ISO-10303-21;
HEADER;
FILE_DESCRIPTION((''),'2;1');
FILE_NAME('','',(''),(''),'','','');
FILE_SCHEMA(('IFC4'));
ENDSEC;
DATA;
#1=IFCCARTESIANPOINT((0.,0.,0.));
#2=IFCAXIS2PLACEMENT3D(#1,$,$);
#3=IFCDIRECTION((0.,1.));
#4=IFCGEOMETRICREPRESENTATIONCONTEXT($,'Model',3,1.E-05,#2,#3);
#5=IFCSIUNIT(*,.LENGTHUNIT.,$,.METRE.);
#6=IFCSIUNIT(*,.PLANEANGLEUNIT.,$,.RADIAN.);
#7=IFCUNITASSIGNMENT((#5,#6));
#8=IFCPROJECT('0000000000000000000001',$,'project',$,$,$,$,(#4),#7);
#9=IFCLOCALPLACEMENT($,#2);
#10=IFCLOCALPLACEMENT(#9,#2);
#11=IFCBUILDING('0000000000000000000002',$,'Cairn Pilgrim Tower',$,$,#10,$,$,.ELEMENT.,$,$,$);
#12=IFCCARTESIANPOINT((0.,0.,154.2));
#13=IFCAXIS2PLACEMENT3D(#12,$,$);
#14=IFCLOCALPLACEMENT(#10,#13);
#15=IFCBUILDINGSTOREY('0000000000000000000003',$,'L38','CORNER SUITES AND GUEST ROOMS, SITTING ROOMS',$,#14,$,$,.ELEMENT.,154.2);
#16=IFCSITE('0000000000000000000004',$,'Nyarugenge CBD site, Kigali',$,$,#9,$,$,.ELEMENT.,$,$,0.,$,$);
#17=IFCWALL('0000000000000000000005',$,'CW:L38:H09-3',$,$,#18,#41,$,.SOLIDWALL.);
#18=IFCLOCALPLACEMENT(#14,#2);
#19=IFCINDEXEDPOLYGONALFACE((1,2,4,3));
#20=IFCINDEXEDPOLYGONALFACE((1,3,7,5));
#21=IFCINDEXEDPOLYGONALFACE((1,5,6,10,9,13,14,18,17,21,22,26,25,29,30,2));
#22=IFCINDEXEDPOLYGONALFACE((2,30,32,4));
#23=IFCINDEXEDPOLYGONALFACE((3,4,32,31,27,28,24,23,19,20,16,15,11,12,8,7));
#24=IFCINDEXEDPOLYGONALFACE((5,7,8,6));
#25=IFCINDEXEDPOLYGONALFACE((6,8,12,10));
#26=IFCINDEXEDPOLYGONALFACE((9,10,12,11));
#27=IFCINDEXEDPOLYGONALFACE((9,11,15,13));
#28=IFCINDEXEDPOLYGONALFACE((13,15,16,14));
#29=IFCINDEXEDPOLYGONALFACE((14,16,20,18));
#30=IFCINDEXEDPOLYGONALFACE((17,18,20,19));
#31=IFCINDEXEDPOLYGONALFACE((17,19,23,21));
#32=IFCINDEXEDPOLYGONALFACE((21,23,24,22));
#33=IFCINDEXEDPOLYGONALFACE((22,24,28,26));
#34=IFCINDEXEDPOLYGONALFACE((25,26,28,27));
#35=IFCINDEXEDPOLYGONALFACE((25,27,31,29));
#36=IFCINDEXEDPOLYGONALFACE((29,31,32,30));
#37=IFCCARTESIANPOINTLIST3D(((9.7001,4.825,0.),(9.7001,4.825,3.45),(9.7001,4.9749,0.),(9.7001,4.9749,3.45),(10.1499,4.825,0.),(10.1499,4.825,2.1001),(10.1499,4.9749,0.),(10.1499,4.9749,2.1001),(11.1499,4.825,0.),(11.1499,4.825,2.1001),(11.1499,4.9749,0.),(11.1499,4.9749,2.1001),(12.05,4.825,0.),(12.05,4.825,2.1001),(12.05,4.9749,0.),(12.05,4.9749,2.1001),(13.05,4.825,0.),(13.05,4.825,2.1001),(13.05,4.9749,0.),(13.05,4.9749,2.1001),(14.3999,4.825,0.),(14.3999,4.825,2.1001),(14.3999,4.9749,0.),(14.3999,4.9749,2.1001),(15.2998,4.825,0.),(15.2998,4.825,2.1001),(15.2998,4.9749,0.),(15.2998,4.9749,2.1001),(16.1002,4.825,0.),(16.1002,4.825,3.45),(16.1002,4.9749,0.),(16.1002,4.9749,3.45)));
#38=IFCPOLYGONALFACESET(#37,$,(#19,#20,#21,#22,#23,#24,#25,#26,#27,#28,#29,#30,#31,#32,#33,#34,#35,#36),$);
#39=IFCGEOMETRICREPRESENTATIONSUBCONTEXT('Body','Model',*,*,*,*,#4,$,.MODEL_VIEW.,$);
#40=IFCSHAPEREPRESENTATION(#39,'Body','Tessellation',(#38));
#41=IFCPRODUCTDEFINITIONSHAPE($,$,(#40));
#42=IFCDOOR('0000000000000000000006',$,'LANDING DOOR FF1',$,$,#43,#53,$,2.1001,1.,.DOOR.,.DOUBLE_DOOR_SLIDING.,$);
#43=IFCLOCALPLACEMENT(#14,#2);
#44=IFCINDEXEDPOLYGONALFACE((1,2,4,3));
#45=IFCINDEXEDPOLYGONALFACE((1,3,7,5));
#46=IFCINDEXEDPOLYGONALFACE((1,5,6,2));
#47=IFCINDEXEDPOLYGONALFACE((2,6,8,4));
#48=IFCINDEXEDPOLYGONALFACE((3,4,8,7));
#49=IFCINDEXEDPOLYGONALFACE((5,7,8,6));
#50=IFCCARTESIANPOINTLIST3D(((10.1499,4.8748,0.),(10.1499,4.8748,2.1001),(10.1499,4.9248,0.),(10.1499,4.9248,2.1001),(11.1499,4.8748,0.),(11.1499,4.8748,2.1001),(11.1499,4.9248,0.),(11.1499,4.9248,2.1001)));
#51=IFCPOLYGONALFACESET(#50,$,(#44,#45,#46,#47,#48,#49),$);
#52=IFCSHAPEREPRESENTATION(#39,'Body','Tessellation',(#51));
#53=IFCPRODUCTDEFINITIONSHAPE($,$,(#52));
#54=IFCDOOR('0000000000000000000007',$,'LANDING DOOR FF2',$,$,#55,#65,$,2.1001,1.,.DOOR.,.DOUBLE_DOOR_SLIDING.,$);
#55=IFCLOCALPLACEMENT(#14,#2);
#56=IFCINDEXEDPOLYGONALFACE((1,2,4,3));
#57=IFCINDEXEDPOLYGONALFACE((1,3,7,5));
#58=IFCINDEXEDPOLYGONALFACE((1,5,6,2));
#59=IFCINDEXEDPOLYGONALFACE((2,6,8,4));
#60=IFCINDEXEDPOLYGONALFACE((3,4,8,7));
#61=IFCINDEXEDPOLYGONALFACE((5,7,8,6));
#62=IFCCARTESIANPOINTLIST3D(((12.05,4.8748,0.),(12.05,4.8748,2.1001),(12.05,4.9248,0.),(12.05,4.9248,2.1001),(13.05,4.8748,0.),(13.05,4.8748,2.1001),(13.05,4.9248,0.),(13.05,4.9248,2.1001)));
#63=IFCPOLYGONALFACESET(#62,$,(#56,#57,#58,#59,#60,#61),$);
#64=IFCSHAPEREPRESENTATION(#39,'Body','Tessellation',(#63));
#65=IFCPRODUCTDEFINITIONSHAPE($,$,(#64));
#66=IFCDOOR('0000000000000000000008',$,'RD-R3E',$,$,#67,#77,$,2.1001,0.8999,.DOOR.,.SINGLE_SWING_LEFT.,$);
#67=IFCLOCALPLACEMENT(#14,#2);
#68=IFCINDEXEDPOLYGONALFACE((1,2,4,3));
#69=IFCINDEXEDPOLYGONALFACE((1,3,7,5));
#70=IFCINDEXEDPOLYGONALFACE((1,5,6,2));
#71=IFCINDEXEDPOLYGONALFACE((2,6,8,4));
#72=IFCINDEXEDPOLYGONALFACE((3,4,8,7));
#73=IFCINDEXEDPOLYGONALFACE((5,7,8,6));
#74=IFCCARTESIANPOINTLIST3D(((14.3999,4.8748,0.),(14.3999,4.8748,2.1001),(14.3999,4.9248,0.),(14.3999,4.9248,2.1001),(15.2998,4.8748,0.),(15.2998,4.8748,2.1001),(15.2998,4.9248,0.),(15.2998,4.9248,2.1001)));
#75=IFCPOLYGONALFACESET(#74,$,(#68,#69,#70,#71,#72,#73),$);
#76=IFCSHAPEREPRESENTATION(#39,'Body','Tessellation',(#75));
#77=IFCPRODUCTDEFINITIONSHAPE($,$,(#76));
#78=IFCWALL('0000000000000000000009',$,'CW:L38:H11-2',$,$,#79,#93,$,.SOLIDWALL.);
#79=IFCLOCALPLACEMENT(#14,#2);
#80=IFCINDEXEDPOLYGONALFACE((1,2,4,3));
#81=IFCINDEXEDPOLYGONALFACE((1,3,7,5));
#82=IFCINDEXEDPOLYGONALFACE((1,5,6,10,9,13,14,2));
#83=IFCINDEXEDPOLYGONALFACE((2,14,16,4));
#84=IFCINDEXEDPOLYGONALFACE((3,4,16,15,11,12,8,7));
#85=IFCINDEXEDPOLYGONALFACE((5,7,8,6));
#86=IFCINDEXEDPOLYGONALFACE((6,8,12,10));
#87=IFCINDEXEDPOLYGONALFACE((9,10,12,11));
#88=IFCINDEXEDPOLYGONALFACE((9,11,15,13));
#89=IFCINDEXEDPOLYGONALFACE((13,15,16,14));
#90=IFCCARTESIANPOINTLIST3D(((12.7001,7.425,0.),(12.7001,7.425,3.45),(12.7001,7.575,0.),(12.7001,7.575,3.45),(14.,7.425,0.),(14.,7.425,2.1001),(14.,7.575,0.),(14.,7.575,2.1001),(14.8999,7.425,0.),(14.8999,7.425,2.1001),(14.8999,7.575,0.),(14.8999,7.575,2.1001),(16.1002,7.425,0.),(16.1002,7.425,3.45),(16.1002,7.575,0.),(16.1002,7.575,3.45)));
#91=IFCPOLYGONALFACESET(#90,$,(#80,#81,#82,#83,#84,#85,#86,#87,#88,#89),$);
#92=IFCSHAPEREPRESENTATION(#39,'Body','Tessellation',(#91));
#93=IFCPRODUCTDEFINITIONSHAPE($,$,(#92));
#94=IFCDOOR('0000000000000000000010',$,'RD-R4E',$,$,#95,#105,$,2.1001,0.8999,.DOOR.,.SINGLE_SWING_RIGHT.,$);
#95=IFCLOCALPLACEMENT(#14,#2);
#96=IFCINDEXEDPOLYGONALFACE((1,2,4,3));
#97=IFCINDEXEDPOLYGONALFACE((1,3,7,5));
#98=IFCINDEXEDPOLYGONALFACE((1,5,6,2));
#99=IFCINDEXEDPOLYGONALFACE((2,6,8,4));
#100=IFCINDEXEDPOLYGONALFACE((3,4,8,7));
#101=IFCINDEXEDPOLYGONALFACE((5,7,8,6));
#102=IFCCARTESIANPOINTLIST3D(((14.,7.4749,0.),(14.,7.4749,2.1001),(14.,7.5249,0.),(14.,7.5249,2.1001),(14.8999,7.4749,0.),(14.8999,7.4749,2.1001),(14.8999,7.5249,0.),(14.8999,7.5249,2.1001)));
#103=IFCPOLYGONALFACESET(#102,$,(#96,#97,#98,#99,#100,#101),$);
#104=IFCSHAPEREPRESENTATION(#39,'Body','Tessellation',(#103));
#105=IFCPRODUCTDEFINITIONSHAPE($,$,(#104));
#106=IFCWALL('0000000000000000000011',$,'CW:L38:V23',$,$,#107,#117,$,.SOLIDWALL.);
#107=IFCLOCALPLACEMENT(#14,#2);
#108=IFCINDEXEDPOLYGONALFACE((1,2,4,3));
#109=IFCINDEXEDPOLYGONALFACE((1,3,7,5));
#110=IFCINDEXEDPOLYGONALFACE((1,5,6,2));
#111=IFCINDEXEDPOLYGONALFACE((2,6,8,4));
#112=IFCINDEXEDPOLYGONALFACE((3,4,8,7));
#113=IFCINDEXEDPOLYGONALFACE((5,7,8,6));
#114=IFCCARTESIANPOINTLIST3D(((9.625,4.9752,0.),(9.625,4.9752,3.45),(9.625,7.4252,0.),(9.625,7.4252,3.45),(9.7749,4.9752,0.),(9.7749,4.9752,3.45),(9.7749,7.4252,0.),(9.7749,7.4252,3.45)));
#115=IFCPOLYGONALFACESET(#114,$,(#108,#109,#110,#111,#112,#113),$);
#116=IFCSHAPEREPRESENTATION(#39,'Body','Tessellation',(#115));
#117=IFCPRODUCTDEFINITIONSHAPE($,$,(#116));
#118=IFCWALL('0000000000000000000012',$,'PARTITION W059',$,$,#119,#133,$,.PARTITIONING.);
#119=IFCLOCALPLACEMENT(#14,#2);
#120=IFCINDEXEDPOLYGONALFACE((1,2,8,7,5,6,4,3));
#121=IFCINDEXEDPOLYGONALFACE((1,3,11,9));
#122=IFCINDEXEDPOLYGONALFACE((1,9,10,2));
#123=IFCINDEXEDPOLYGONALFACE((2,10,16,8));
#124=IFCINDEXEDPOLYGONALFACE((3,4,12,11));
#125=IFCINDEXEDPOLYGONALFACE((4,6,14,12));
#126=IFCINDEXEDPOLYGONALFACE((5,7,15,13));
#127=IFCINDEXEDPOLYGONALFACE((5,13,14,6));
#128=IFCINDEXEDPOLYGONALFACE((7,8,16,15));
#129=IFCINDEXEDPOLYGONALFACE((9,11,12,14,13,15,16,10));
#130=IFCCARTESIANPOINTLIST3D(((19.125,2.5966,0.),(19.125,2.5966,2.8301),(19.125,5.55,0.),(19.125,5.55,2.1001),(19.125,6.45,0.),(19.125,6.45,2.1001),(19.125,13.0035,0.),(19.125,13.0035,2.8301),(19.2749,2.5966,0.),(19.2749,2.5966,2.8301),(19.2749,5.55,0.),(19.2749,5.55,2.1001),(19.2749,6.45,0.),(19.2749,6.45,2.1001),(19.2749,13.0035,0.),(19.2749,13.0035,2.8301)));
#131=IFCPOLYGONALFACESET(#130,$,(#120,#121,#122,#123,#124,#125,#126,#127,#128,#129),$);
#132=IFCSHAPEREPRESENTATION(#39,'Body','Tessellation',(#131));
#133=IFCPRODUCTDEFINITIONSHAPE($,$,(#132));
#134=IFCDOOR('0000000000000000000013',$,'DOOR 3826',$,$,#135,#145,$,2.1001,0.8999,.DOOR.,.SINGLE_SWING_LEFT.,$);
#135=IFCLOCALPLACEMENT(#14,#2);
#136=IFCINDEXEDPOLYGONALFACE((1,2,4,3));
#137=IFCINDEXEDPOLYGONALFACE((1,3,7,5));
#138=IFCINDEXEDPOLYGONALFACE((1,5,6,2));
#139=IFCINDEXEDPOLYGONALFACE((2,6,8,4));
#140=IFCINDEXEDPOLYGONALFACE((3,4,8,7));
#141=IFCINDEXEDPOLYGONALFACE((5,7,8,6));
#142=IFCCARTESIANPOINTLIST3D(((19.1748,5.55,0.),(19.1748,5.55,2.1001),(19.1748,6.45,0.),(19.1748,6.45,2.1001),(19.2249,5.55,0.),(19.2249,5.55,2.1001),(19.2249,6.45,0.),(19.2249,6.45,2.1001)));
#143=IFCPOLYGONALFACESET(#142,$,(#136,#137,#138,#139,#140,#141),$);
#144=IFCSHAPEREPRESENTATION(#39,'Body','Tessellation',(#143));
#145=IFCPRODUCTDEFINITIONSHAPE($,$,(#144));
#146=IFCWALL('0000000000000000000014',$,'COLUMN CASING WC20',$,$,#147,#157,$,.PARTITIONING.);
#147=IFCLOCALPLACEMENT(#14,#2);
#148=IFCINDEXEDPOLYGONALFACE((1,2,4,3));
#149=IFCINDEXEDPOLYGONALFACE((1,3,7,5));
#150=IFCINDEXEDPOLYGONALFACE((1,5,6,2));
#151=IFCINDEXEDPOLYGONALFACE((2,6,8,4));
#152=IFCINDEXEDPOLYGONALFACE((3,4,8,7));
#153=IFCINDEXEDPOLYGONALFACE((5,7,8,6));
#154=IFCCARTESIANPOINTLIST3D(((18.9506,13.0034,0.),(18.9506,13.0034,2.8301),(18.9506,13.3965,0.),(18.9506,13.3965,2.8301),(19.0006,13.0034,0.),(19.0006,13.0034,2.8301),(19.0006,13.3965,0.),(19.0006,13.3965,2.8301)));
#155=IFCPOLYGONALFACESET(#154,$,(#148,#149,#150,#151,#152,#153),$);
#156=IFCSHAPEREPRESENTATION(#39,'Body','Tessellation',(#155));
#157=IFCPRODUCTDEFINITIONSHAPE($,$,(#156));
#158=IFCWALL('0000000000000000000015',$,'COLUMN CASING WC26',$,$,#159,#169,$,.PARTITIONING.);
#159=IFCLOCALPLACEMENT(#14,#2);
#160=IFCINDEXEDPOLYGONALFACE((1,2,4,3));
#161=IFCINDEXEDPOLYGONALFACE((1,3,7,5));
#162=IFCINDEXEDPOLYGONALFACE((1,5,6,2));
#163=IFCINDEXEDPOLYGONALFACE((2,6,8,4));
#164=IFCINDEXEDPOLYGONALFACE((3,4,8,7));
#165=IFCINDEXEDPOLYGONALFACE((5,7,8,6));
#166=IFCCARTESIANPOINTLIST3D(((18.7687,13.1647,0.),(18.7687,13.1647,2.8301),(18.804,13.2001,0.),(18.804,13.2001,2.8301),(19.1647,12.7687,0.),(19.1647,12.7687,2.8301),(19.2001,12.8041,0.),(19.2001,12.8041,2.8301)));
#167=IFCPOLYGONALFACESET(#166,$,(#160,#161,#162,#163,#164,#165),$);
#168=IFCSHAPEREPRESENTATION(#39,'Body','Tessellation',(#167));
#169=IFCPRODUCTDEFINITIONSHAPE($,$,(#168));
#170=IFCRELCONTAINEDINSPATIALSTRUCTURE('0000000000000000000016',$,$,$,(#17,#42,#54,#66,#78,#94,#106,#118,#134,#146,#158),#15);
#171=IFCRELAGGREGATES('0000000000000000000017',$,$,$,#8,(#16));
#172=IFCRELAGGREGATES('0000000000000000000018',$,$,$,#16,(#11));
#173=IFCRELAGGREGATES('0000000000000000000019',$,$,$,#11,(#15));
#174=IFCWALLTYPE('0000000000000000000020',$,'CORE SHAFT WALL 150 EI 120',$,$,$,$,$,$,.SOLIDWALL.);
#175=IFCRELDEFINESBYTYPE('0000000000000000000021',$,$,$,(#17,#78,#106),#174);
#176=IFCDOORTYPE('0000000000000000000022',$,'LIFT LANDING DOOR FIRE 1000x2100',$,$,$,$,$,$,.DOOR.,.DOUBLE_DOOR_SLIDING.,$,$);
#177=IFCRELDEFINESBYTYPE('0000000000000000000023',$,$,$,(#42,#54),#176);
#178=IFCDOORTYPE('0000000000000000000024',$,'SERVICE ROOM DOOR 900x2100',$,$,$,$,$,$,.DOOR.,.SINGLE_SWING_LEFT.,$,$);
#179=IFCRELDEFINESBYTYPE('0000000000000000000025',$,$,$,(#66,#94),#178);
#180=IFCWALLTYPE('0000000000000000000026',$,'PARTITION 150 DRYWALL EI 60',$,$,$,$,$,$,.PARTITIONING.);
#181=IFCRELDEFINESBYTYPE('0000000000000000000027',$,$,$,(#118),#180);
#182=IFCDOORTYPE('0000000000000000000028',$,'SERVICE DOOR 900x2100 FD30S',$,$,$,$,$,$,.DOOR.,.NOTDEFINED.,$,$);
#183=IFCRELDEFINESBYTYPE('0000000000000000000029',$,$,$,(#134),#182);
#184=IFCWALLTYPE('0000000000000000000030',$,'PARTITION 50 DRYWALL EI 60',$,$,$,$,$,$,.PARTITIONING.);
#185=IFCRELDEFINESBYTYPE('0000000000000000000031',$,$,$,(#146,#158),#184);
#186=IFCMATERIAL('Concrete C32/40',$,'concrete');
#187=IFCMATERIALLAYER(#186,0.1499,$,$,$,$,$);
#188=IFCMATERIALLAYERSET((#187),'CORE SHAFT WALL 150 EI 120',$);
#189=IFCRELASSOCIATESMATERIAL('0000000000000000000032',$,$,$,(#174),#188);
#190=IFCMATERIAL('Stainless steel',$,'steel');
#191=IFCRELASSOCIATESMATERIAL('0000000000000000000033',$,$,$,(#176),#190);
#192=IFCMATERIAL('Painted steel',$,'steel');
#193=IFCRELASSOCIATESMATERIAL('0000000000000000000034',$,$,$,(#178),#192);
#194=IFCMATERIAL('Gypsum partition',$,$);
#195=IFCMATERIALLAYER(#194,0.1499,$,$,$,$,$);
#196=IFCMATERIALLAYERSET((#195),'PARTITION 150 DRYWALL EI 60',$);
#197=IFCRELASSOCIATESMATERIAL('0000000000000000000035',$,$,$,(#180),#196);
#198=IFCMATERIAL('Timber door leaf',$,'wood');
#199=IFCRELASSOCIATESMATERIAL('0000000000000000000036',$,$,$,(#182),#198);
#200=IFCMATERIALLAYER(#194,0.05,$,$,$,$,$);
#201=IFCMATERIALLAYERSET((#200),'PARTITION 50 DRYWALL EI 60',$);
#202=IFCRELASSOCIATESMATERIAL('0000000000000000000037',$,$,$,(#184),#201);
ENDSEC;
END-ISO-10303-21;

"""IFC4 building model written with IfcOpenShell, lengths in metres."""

from ifc_helpers import new_model, si_unit, direction, frame, frame_2d, origin, place, context, subcontext, project, spatial, rectangle, extrude, material, layer, layer_set, type_object, element, fill, save


model = new_model("IFC4")

# Units and contexts
model_context = context("Model", 3, precision=1e-05, world=origin(), true_north=direction((0.0, 1.0)))
body_context = subcontext(model_context, "Body", "Model", "MODEL_VIEW")
ifc_project = project(units=[si_unit("LENGTHUNIT", "METRE"), si_unit("PLANEANGLEUNIT", "RADIAN")], contexts=[model_context])

# Site, building, storey
site_placement = place(None, origin())
site = spatial("IfcSite", under=ifc_project, at=site_placement, Name="Nyarugenge CBD site, Kigali", CompositionType="ELEMENT", RefElevation=0.0)
building_placement = place(site_placement, origin())
building = spatial("IfcBuilding", under=site, at=building_placement, Name="Cairn Pilgrim Tower", CompositionType="ELEMENT")
storey_placement = place(building_placement, frame((0.0, 0.0, 154.2)))
storey = spatial("IfcBuildingStorey", under=building, at=storey_placement, Name="L38", Description="CORNER SUITES AND GUEST ROOMS, SITTING ROOMS", CompositionType="ELEMENT", Elevation=154.2)

# Shared definitions
ifc_material_1 = material(Name="Concrete C32/40", Category="concrete")

# Wall, openings, doors
ifc_layer_1 = layer(ifc_material_1, 0.1499)
ifc_layer_set_1 = layer_set([ifc_layer_1], Name="CORE SHAFT WALL 150 EI 120")
wall_type_1 = type_object("IfcWallType", Name="CORE SHAFT WALL 150 EI 120", PredefinedType="SOLIDWALL", material=ifc_layer_set_1)
wall_1_placement = place(storey_placement, frame((9.7, 4.8999, 0.0), z_axis=(0.0, 0.0, 1.0), x_axis=(1.0, 0.0, 0.0)))
wall_1 = element("IfcWall", 1, at=wall_1_placement, inside=storey, type_object=wall_type_1, Name="CW:L38:H09-3", PredefinedType="SOLIDWALL", context=body_context, shape_type="SweptSolid", body=[
    extrude(rectangle(XDim=6.4001, YDim=0.1499, at=frame_2d((3.2002, 0.0))), origin(), (0.0, 0.0, 1.0), 3.45),
])
opening_1_placement = place(wall_1_placement, frame((0.45, 0.0, 0.0)))
opening_1 = element("IfcOpeningElement", 2, at=opening_1_placement, cuts=wall_1, PredefinedType="OPENING", context=body_context, shape_type="SweptSolid", body=[
    extrude(rectangle(XDim=1.0, YDim=2.1001, at=frame_2d((0.5, 1.05))), frame((0.0, 0.085, 0.0), z_axis=(0.0, -1.0, 0.0), x_axis=(1.0, 0.0, 0.0)), (0.0, 0.0, 1.0), 0.1699),
])
opening_2_placement = place(wall_1_placement, frame((2.3501, 0.0, 0.0)))
opening_2 = element("IfcOpeningElement", 3, at=opening_2_placement, cuts=wall_1, PredefinedType="OPENING", context=body_context, shape_type="SweptSolid", body=[
    extrude(rectangle(XDim=1.0, YDim=2.1001, at=frame_2d((0.5, 1.05))), frame((0.0, 0.085, 0.0), z_axis=(0.0, -1.0, 0.0), x_axis=(1.0, 0.0, 0.0)), (0.0, 0.0, 1.0), 0.1699),
])
opening_3_placement = place(wall_1_placement, frame((4.7, 0.0, 0.0)))
opening_3 = element("IfcOpeningElement", 4, at=opening_3_placement, cuts=wall_1, PredefinedType="OPENING", context=body_context, shape_type="SweptSolid", body=[
    extrude(rectangle(XDim=0.8999, YDim=2.1001, at=frame_2d((0.45, 1.05))), frame((0.0, 0.085, 0.0), z_axis=(0.0, -1.0, 0.0), x_axis=(1.0, 0.0, 0.0)), (0.0, 0.0, 1.0), 0.1699),
])
ifc_material_2 = material(Name="Stainless steel", Category="steel")
door_type_1 = type_object("IfcDoorType", Name="LIFT LANDING DOOR FIRE 1000x2100", OperationType="DOUBLE_DOOR_SLIDING", PredefinedType="DOOR", material=ifc_material_2)
door_1_placement = place(opening_1_placement, origin())
door_1 = element("IfcDoor", 5, at=door_1_placement, inside=storey, type_object=door_type_1, Name="LANDING DOOR FF1", OperationType="DOUBLE_DOOR_SLIDING", OverallHeight=2.1001, OverallWidth=1.0, PredefinedType="DOOR", context=body_context, shape_type="SweptSolid", body=[
    extrude(rectangle(XDim=1.0, YDim=2.1001, at=frame_2d((0.5, 1.05))), frame((0.0, 0.0249, 0.0), z_axis=(0.0, -1.0, 0.0), x_axis=(1.0, 0.0, 0.0)), (0.0, 0.0, 1.0), 0.05),
])
fill(opening_1, door_1)
door_2_placement = place(opening_2_placement, origin())
door_2 = element("IfcDoor", 6, at=door_2_placement, inside=storey, type_object=door_type_1, Name="LANDING DOOR FF2", OperationType="DOUBLE_DOOR_SLIDING", OverallHeight=2.1001, OverallWidth=1.0, PredefinedType="DOOR", context=body_context, shape_type="SweptSolid", body=[
    extrude(rectangle(XDim=1.0, YDim=2.1001, at=frame_2d((0.5, 1.05))), frame((0.0, 0.0249, 0.0), z_axis=(0.0, -1.0, 0.0), x_axis=(1.0, 0.0, 0.0)), (0.0, 0.0, 1.0), 0.05),
])
fill(opening_2, door_2)
ifc_material_3 = material(Name="Painted steel", Category="steel")
door_type_2 = type_object("IfcDoorType", Name="SERVICE ROOM DOOR 900x2100", OperationType="SINGLE_SWING_LEFT", PredefinedType="DOOR", material=ifc_material_3)
door_3_placement = place(opening_3_placement, origin())
door_3 = element("IfcDoor", 7, at=door_3_placement, inside=storey, type_object=door_type_2, Name="RD-R3E", OperationType="SINGLE_SWING_LEFT", OverallHeight=2.1001, OverallWidth=0.8999, PredefinedType="DOOR", context=body_context, shape_type="SweptSolid", body=[
    extrude(rectangle(XDim=0.8999, YDim=2.1001, at=frame_2d((0.45, 1.05))), frame((0.0, 0.0249, 0.0), z_axis=(0.0, -1.0, 0.0), x_axis=(1.0, 0.0, 0.0)), (0.0, 0.0, 1.0), 0.05),
])
fill(opening_3, door_3)

# Wall, opening, door
wall_2_placement = place(storey_placement, frame((12.7, 7.5, 0.0), z_axis=(0.0, 0.0, 1.0), x_axis=(1.0, 0.0, 0.0)))
wall_2 = element("IfcWall", 8, at=wall_2_placement, inside=storey, type_object=wall_type_1, Name="CW:L38:H11-2", PredefinedType="SOLIDWALL", context=body_context, shape_type="SweptSolid", body=[
    extrude(rectangle(XDim=3.4001, YDim=0.1499, at=frame_2d((1.7002, 0.0))), origin(), (0.0, 0.0, 1.0), 3.45),
])
opening_4_placement = place(wall_2_placement, frame((1.3, 0.0, 0.0)))
opening_4 = element("IfcOpeningElement", 9, at=opening_4_placement, cuts=wall_2, PredefinedType="OPENING", context=body_context, shape_type="SweptSolid", body=[
    extrude(rectangle(XDim=0.8999, YDim=2.1001, at=frame_2d((0.45, 1.05))), frame((0.0, 0.085, 0.0), z_axis=(0.0, -1.0, 0.0), x_axis=(1.0, 0.0, 0.0)), (0.0, 0.0, 1.0), 0.1699),
])
door_4_placement = place(opening_4_placement, origin())
door_4 = element("IfcDoor", 10, at=door_4_placement, inside=storey, type_object=door_type_2, Name="RD-R4E", OperationType="SINGLE_SWING_RIGHT", OverallHeight=2.1001, OverallWidth=0.8999, PredefinedType="DOOR", context=body_context, shape_type="SweptSolid", body=[
    extrude(rectangle(XDim=0.8999, YDim=2.1001, at=frame_2d((0.45, 1.05))), frame((0.0, 0.0249, 0.0), z_axis=(0.0, -1.0, 0.0), x_axis=(1.0, 0.0, 0.0)), (0.0, 0.0, 1.0), 0.05),
])
fill(opening_4, door_4)

# Wall
wall_3_placement = place(storey_placement, frame((9.7, 4.9751, 0.0), z_axis=(0.0, 0.0, 1.0), x_axis=(0.0, 1.0, 0.0)))
element("IfcWall", 11, at=wall_3_placement, inside=storey, type_object=wall_type_1, Name="CW:L38:V23", PredefinedType="SOLIDWALL", context=body_context, shape_type="SweptSolid", body=[
    extrude(rectangle(XDim=2.45, YDim=0.1499, at=frame_2d((1.2251, 0.0))), origin(), (0.0, 0.0, 1.0), 3.45),
])

# Wall, opening, door
ifc_material_4 = material(Name="Gypsum partition")
ifc_layer_2 = layer(ifc_material_4, 0.1499)
ifc_layer_set_2 = layer_set([ifc_layer_2], Name="PARTITION 150 DRYWALL EI 60")
wall_type_2 = type_object("IfcWallType", Name="PARTITION 150 DRYWALL EI 60", PredefinedType="PARTITIONING", material=ifc_layer_set_2)
wall_4_placement = place(storey_placement, frame((19.2, 2.5964, 0.0), z_axis=(0.0, 0.0, 1.0), x_axis=(0.0, 1.0, 0.0)))
wall_4 = element("IfcWall", 12, at=wall_4_placement, inside=storey, type_object=wall_type_2, Name="PARTITION W059", PredefinedType="PARTITIONING", context=body_context, shape_type="SweptSolid", body=[
    extrude(rectangle(XDim=10.407, YDim=0.1499, at=frame_2d((5.2036, 0.0))), origin(), (0.0, 0.0, 1.0), 2.8301),
])
opening_5_placement = place(wall_4_placement, frame((2.9536, 0.0, 0.0)))
opening_5 = element("IfcOpeningElement", 13, at=opening_5_placement, cuts=wall_4, PredefinedType="OPENING", context=body_context, shape_type="SweptSolid", body=[
    extrude(rectangle(XDim=0.8999, YDim=2.1001, at=frame_2d((0.45, 1.05))), frame((0.0, 0.085, 0.0), z_axis=(0.0, -1.0, 0.0), x_axis=(1.0, 0.0, 0.0)), (0.0, 0.0, 1.0), 0.1699),
])
ifc_material_5 = material(Name="Timber door leaf", Category="wood")
door_type_3 = type_object("IfcDoorType", Name="SERVICE DOOR 900x2100 FD30S", OperationType="NOTDEFINED", PredefinedType="DOOR", material=ifc_material_5)
door_5_placement = place(opening_5_placement, frame((0.8999, 0.0, 0.0), z_axis=(0.0, 0.0, 1.0), x_axis=(-1.0, 0.0, 0.0)))
door_5 = element("IfcDoor", 14, at=door_5_placement, inside=storey, type_object=door_type_3, Name="DOOR 3826", OperationType="SINGLE_SWING_LEFT", OverallHeight=2.1001, OverallWidth=0.8999, PredefinedType="DOOR", context=body_context, shape_type="SweptSolid", body=[
    extrude(rectangle(XDim=0.8999, YDim=2.1001, at=frame_2d((0.45, 1.05))), frame((0.0, 0.0249, 0.0), z_axis=(0.0, -1.0, 0.0), x_axis=(1.0, 0.0, 0.0)), (0.0, 0.0, 1.0), 0.05),
])
fill(opening_5, door_5)

# Walls
ifc_layer_3 = layer(ifc_material_4, 0.05)
ifc_layer_set_3 = layer_set([ifc_layer_3], Name="PARTITION 50 DRYWALL EI 60")
wall_type_3 = type_object("IfcWallType", Name="PARTITION 50 DRYWALL EI 60", PredefinedType="PARTITIONING", material=ifc_layer_set_3)
wall_5_placement = place(storey_placement, frame((18.9756, 13.0034, 0.0), z_axis=(0.0, 0.0, 1.0), x_axis=(0.0, 1.0, 0.0)))
element("IfcWall", 15, at=wall_5_placement, inside=storey, type_object=wall_type_3, Name="COLUMN CASING WC20", PredefinedType="PARTITIONING", context=body_context, shape_type="SweptSolid", body=[
    extrude(rectangle(XDim=0.3931, YDim=0.05, at=frame_2d((0.1965, 0.0))), origin(), (0.0, 0.0, 1.0), 2.8301),
])
wall_6_placement = place(storey_placement, frame((19.1824, 12.7864, 0.0), z_axis=(0.0, 0.0, 1.0), x_axis=(-0.707107, 0.707107, 0.0)))
element("IfcWall", 16, at=wall_6_placement, inside=storey, type_object=wall_type_3, Name="COLUMN CASING WC26", PredefinedType="PARTITIONING", context=body_context, shape_type="SweptSolid", body=[
    extrude(rectangle(XDim=0.5601, YDim=0.05, at=frame_2d((0.28, 0.0))), origin(), (0.0, 0.0, 1.0), 2.8301),
])

save(model, "model.ifc")
